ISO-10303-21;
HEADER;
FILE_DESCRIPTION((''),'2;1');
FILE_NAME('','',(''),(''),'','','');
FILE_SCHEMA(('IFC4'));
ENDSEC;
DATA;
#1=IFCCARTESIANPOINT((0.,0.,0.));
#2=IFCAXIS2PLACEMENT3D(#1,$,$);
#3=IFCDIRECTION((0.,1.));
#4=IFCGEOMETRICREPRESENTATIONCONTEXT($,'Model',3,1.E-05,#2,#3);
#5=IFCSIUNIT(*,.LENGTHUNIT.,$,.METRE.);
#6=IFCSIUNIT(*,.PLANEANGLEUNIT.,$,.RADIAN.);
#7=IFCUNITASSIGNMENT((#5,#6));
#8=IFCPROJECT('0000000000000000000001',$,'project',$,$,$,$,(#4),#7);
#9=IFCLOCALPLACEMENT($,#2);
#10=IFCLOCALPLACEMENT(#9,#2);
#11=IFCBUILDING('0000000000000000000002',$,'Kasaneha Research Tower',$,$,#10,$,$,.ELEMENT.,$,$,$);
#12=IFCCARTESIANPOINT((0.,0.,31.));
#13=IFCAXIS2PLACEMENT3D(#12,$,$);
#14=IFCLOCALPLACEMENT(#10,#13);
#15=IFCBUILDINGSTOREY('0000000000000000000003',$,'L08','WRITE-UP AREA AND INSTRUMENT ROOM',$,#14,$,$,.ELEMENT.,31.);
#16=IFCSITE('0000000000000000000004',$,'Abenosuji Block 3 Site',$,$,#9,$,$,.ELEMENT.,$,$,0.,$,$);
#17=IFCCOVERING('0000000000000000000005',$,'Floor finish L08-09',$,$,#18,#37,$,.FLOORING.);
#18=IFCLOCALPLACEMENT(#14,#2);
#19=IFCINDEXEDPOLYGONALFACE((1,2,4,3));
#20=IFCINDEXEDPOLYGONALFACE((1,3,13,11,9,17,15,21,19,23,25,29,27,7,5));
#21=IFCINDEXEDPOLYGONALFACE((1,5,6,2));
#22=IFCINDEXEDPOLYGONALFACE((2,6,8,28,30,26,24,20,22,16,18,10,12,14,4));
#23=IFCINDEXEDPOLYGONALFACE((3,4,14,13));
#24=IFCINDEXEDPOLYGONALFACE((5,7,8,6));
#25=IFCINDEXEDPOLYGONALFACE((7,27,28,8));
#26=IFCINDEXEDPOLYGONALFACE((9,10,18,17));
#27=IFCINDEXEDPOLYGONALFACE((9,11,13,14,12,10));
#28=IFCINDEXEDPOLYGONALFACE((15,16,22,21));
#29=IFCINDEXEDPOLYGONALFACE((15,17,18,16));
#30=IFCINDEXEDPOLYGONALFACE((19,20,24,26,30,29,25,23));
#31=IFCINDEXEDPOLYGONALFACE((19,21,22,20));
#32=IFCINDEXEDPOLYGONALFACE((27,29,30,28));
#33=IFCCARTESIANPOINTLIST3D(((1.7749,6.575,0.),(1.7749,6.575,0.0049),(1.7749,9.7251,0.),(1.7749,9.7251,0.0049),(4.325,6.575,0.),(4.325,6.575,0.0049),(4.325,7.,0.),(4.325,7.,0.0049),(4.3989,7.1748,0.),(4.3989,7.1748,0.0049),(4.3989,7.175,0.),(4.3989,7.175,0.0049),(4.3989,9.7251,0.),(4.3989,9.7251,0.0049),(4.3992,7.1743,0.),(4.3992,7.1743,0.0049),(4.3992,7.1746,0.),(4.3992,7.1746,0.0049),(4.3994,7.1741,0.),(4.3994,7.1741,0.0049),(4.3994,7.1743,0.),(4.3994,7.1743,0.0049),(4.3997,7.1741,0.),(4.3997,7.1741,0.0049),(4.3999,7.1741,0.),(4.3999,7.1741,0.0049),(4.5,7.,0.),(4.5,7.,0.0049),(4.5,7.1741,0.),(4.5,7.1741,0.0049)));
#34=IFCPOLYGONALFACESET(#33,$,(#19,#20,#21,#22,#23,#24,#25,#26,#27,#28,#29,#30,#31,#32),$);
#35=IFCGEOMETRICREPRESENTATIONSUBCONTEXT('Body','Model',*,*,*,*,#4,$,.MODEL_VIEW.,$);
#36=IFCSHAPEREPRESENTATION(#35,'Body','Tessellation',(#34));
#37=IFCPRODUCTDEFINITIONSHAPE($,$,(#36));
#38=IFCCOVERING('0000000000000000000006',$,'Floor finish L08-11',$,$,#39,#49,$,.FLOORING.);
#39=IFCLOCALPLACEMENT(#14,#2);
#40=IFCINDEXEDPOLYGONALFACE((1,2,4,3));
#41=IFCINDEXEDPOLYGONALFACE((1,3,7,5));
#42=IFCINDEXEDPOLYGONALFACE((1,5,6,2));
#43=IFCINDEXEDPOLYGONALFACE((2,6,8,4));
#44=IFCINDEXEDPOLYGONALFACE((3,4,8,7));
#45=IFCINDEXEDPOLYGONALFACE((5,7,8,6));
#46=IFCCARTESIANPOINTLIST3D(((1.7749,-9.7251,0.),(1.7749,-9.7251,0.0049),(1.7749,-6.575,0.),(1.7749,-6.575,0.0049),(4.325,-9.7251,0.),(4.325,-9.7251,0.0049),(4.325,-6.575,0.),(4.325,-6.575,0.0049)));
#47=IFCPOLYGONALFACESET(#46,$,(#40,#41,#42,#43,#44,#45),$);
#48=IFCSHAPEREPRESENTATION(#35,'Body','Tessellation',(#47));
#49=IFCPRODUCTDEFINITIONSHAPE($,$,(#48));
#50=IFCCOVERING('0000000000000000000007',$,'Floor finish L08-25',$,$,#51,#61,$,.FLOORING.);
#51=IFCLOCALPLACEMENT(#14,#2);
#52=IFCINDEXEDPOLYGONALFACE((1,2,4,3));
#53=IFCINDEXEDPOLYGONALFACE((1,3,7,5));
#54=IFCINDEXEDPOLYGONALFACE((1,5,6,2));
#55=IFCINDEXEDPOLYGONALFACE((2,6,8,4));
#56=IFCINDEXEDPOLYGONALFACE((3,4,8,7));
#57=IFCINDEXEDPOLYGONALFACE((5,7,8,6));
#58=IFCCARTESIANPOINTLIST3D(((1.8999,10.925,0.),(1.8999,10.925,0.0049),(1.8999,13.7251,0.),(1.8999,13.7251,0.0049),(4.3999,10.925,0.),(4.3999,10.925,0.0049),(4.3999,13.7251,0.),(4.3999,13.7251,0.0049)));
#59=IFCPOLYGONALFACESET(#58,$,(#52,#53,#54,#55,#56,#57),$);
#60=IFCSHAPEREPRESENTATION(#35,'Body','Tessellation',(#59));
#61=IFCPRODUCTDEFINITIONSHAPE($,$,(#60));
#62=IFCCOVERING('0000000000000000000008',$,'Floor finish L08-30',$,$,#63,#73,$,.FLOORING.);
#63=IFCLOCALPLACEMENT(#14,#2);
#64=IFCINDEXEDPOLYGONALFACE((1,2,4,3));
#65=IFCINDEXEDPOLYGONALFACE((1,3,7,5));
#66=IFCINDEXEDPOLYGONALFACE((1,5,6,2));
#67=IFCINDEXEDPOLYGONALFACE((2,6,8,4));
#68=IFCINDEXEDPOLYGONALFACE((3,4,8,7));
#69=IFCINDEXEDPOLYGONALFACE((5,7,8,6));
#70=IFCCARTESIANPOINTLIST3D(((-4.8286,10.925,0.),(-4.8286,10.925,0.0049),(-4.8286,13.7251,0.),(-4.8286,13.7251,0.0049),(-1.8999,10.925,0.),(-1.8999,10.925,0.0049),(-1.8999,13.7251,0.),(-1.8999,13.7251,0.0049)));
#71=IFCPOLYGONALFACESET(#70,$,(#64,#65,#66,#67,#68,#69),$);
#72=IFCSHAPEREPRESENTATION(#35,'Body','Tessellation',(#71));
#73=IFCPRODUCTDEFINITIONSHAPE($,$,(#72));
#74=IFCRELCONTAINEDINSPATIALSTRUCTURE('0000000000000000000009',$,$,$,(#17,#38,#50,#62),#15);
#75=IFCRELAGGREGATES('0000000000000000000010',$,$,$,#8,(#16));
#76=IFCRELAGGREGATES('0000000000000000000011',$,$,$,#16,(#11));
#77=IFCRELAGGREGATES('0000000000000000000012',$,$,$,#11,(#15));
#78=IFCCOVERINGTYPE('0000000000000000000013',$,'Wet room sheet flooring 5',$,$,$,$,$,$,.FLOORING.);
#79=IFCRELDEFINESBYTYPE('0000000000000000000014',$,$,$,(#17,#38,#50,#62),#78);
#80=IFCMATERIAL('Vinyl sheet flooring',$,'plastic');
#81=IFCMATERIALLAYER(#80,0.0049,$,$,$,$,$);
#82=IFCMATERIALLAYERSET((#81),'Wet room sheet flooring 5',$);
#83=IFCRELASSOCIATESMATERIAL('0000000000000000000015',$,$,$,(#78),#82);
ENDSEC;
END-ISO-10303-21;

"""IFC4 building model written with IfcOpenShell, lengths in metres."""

from ifc_helpers import new_model, si_unit, direction, frame, origin, place, context, subcontext, project, spatial, polyline, outline, extrude, material, layer, layer_set, type_object, element, save


model = new_model("IFC4")

# Units and contexts
model_context = context("Model", 3, precision=1e-05, world=origin(), true_north=direction((0.0, 1.0)))
body_context = subcontext(model_context, "Body", "Model", "MODEL_VIEW")
ifc_project = project(units=[si_unit("LENGTHUNIT", "METRE"), si_unit("PLANEANGLEUNIT", "RADIAN")], contexts=[model_context])

# Site, building, storey
site_placement = place(None, origin())
site = spatial("IfcSite", under=ifc_project, at=site_placement, Name="Abenosuji Block 3 Site", CompositionType="ELEMENT", RefElevation=0.0)
building_placement = place(site_placement, origin())
building = spatial("IfcBuilding", under=site, at=building_placement, Name="Kasaneha Research Tower", CompositionType="ELEMENT")
storey_placement = place(building_placement, frame((0.0, 0.0, 31.0)))
storey = spatial("IfcBuildingStorey", under=building, at=storey_placement, Name="L08", Description="WRITE-UP AREA AND INSTRUMENT ROOM", CompositionType="ELEMENT", Elevation=31.0)

# Coverings
ifc_material_1 = material(Name="Vinyl sheet flooring", Category="plastic")
ifc_layer_1 = layer(ifc_material_1, 0.0049)
ifc_layer_set_1 = layer_set([ifc_layer_1], Name="Wet room sheet flooring 5")
covering_type_1 = type_object("IfcCoveringType", Name="Wet room sheet flooring 5", PredefinedType="FLOORING", material=ifc_layer_set_1)
covering_1_placement = place(storey_placement, origin())
element("IfcCovering", 1, at=covering_1_placement, inside=storey, type_object=covering_type_1, Name="Floor finish L08-09", PredefinedType="FLOORING", context=body_context, shape_type="SweptSolid", body=[
    extrude(outline(polyline([(4.3989, 9.7251), (4.3989, 7.175), (4.3989, 7.1748), (4.3989, 7.1748), (4.3989, 7.1748), (4.3992, 7.1746), (4.3992, 7.1746), (4.3992, 7.1746), (4.3992, 7.1743), (4.3992, 7.1743), (4.3994, 7.1743), (4.3994, 7.1741), (4.3994, 7.1741), (4.3997, 7.1741), (4.3997, 7.1741), (4.3999, 7.1741), (4.3999, 7.1741), (4.3999, 7.1741), (4.5, 7.1741), (4.5, 7.0), (4.325, 7.0), (4.325, 6.575), (1.7749, 6.575), (1.7749, 9.7251), (4.3989, 9.7251)])), origin(), (0.0, 0.0, 1.0), 0.0049),
])
covering_2_placement = place(storey_placement, origin())
element("IfcCovering", 2, at=covering_2_placement, inside=storey, type_object=covering_type_1, Name="Floor finish L08-11", PredefinedType="FLOORING", context=body_context, shape_type="SweptSolid", body=[
    extrude(outline(polyline([(1.7749, -9.7251), (1.7749, -6.575), (4.325, -6.575), (4.325, -9.7251), (1.7749, -9.7251)])), origin(), (0.0, 0.0, 1.0), 0.0049),
])
covering_3_placement = place(storey_placement, origin())
element("IfcCovering", 3, at=covering_3_placement, inside=storey, type_object=covering_type_1, Name="Floor finish L08-25", PredefinedType="FLOORING", context=body_context, shape_type="SweptSolid", body=[
    extrude(outline(polyline([(1.8999, 13.7251), (4.3999, 13.7251), (4.3999, 10.925), (1.8999, 10.925), (1.8999, 13.7251)])), origin(), (0.0, 0.0, 1.0), 0.0049),
])
covering_4_placement = place(storey_placement, origin())
element("IfcCovering", 4, at=covering_4_placement, inside=storey, type_object=covering_type_1, Name="Floor finish L08-30", PredefinedType="FLOORING", context=body_context, shape_type="SweptSolid", body=[
    extrude(outline(polyline([(-4.8286, 10.925), (-4.8286, 13.7251), (-1.8999, 13.7251), (-1.8999, 10.925), (-4.8286, 10.925)])), origin(), (0.0, 0.0, 1.0), 0.0049),
])

save(model, "model.ifc")
